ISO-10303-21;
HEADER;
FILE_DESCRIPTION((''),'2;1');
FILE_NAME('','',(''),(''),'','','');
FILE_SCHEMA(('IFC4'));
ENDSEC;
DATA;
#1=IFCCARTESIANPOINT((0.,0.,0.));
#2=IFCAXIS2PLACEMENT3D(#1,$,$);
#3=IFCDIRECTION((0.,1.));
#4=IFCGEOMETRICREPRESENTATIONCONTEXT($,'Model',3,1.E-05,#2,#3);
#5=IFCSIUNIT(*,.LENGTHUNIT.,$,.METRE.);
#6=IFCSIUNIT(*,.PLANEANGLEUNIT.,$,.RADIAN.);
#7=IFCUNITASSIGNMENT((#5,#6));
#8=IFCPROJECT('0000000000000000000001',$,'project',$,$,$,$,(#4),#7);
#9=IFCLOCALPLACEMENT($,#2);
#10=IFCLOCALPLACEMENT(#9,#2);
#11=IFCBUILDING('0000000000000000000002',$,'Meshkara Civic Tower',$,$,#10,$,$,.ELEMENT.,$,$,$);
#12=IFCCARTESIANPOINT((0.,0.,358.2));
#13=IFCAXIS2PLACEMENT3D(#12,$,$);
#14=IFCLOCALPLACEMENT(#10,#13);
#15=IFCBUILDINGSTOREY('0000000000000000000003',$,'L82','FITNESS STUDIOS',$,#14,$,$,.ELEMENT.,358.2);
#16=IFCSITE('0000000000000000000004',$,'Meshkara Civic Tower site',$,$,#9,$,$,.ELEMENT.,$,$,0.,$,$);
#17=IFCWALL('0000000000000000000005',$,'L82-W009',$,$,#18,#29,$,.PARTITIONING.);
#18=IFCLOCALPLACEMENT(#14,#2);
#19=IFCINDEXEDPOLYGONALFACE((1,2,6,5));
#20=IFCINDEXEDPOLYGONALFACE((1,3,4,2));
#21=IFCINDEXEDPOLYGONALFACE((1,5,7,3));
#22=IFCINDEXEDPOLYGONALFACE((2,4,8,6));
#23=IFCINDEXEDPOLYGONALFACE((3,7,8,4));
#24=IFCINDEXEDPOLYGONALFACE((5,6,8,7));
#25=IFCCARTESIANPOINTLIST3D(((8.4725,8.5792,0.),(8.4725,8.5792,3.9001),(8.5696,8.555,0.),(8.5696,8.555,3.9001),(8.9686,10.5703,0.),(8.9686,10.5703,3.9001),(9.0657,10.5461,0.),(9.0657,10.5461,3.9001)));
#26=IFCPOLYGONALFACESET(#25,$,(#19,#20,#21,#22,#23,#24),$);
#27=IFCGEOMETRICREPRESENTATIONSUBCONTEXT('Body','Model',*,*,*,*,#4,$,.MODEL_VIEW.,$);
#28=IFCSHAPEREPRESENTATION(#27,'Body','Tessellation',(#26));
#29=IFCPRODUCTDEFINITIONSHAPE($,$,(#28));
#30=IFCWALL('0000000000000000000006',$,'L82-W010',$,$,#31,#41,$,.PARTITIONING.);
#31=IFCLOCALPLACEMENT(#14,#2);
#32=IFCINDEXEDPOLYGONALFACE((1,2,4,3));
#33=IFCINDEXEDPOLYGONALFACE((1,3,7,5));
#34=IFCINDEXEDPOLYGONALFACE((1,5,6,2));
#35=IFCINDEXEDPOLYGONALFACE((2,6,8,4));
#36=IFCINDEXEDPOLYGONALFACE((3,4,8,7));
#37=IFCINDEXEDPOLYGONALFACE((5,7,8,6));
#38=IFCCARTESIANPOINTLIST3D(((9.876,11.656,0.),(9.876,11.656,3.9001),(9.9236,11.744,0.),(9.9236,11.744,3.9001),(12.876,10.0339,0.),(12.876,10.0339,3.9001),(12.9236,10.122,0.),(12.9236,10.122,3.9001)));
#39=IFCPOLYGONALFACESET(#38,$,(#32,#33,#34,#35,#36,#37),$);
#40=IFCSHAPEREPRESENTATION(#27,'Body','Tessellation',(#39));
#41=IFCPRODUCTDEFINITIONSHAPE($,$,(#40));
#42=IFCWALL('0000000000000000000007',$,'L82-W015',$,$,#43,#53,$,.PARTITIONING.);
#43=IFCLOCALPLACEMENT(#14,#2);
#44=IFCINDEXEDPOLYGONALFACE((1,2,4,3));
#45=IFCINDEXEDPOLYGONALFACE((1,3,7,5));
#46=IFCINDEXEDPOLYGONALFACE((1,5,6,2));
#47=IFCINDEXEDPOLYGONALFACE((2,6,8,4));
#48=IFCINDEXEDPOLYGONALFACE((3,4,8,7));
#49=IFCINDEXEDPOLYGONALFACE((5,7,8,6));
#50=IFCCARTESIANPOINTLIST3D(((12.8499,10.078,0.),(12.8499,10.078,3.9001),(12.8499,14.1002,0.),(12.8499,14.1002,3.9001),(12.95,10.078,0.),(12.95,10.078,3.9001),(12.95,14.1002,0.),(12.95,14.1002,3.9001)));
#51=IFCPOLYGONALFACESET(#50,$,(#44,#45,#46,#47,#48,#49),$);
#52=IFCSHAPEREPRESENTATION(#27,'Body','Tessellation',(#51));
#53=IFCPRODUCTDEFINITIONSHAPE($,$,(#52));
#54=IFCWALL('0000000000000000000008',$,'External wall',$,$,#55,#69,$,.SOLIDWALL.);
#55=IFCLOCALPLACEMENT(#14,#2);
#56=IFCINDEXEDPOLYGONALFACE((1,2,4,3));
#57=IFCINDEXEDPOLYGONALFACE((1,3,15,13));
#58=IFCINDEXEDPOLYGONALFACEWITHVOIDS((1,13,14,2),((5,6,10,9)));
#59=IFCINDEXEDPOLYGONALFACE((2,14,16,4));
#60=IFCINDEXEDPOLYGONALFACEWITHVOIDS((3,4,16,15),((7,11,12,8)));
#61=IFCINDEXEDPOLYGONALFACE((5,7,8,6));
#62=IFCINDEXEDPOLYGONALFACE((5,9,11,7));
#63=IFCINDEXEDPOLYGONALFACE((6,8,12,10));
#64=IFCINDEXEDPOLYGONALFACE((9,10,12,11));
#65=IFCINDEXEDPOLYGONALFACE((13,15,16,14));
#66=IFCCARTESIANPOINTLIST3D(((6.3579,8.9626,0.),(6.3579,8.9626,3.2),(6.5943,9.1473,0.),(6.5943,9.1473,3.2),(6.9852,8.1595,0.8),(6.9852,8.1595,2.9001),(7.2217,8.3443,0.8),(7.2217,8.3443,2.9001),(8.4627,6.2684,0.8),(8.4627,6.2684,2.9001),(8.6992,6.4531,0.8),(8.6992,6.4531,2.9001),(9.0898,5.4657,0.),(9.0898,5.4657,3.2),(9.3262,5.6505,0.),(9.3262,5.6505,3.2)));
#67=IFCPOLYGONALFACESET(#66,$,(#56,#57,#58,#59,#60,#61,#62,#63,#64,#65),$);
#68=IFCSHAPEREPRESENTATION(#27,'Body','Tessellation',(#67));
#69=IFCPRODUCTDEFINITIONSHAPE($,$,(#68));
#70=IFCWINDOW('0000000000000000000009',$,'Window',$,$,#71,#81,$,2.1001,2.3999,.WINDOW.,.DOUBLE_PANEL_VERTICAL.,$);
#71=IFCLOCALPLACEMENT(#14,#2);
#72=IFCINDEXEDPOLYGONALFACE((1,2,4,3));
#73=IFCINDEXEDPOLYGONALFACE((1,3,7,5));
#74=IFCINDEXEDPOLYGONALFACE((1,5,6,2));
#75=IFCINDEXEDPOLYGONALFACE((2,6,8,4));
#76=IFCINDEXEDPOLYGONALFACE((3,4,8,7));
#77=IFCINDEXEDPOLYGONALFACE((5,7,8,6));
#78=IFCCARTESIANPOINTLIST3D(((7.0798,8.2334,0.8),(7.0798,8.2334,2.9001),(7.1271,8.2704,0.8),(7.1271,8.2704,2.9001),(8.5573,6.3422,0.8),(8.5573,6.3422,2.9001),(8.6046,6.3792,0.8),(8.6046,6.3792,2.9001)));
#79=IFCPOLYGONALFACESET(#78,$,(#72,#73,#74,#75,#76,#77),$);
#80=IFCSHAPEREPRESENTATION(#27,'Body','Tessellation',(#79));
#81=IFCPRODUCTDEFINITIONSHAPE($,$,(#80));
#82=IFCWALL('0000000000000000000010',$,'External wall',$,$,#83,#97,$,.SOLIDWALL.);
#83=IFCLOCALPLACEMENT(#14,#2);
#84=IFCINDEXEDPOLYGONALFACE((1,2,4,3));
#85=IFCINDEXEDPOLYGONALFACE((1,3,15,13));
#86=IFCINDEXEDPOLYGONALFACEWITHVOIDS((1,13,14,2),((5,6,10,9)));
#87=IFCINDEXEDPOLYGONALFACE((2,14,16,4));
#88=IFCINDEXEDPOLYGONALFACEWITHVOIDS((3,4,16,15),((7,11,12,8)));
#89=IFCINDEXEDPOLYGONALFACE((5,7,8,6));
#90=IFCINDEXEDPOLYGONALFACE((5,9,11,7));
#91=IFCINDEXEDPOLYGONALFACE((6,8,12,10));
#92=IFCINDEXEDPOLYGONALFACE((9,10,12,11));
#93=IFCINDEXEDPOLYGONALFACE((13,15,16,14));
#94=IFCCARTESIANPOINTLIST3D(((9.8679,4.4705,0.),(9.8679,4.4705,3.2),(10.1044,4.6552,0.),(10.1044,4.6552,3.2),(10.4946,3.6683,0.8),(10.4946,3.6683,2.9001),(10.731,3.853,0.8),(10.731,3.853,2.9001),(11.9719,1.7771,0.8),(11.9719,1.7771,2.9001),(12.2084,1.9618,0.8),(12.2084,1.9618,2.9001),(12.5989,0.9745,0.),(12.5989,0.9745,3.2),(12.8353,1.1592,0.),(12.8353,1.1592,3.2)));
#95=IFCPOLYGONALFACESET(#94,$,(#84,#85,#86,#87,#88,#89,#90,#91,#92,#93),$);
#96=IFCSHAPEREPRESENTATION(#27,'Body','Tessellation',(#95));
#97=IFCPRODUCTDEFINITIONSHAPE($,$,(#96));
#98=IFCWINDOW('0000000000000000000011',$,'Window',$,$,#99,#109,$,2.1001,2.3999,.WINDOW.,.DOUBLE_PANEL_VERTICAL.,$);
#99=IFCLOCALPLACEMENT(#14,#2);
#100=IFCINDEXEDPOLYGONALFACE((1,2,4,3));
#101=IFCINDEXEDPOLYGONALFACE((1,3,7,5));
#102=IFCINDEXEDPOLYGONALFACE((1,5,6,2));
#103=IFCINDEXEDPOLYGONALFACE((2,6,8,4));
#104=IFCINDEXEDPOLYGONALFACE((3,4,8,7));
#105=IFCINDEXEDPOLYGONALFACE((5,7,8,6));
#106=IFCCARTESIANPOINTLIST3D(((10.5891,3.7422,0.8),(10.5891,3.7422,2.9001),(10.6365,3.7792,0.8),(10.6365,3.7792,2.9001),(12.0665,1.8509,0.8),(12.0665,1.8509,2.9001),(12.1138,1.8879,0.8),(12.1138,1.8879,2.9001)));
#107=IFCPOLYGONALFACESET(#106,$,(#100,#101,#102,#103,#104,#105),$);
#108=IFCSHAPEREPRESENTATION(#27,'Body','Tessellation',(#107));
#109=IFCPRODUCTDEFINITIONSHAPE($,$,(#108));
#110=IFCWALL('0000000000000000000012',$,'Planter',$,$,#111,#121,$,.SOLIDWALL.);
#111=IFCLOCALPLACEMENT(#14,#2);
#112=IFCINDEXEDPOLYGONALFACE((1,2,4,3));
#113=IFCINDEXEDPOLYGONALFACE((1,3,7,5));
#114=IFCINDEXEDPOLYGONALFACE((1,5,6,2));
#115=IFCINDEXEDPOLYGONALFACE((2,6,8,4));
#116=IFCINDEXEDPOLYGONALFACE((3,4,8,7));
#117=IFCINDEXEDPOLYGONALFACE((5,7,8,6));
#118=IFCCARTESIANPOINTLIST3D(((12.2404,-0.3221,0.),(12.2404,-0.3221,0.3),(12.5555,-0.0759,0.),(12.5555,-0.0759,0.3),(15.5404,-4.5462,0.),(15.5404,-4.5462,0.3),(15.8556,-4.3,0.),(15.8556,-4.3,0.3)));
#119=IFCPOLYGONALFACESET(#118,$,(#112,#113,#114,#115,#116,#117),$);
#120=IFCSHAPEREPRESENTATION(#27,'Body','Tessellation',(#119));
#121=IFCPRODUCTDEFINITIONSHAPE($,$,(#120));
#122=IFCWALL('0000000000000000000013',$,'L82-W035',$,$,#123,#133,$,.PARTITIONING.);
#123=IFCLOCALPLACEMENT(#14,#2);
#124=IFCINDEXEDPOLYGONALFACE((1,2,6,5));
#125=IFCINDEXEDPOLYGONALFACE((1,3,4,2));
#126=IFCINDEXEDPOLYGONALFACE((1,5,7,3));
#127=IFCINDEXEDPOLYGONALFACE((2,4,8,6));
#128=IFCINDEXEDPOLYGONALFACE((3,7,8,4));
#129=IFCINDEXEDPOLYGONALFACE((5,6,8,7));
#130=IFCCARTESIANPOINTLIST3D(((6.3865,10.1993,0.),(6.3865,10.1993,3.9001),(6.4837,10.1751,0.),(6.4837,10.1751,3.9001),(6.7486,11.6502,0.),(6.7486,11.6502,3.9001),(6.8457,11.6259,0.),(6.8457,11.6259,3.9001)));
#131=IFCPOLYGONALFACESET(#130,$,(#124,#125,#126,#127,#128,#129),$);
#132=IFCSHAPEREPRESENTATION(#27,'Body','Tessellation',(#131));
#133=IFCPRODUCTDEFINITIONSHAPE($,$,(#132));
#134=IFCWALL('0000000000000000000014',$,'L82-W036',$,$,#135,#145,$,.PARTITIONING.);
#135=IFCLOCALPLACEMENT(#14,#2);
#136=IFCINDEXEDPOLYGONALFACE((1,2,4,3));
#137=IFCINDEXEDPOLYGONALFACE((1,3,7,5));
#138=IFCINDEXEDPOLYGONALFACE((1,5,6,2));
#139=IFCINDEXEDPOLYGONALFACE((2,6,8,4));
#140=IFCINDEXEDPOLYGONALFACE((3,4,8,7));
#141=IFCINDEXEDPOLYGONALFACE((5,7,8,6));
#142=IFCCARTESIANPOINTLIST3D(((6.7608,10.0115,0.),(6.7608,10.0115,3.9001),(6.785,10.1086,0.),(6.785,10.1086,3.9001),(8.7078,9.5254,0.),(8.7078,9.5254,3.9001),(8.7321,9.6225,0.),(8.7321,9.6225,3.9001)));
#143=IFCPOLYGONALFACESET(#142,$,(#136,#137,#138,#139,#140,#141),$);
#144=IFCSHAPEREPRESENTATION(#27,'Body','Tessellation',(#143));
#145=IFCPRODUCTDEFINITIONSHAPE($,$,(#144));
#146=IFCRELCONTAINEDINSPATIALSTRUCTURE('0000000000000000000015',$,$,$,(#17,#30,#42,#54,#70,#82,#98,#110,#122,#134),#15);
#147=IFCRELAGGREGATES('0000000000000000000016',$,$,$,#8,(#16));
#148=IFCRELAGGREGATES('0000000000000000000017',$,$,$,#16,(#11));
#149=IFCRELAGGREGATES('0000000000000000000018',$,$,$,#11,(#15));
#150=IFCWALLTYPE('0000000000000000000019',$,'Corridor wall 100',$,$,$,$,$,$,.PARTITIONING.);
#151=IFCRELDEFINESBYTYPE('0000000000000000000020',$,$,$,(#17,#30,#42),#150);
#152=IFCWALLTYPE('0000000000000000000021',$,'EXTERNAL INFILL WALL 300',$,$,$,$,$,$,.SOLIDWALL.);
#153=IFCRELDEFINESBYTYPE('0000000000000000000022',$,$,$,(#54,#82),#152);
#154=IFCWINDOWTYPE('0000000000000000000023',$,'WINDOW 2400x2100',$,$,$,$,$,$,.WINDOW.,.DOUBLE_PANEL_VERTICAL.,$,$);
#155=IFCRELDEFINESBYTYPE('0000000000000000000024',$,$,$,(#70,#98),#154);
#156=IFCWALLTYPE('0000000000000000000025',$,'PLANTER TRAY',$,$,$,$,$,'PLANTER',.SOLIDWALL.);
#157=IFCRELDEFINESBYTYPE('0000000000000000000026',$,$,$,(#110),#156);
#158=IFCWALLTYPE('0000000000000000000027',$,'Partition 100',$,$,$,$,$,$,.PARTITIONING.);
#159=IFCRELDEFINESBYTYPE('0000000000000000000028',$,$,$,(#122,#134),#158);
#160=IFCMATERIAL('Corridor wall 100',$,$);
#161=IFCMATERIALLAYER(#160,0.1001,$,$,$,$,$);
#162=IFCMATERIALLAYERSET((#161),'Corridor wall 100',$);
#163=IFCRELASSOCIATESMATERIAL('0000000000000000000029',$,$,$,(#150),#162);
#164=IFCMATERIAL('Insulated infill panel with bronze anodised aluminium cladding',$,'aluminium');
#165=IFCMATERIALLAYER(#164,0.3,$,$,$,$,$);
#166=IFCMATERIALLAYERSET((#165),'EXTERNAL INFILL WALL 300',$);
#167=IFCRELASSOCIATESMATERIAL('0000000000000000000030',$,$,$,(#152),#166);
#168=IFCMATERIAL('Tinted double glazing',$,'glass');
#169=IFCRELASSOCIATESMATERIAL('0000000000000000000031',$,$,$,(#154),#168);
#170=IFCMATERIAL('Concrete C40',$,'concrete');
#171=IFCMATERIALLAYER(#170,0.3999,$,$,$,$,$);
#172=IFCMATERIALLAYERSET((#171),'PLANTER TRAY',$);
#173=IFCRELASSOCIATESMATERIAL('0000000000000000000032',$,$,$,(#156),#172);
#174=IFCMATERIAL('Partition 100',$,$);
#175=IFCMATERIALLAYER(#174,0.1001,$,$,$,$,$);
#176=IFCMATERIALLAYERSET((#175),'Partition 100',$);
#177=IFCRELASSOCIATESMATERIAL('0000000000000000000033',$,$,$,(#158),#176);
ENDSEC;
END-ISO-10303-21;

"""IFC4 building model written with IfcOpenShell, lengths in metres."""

from ifc_helpers import new_model, si_unit, direction, frame, frame_2d, origin, place, context, subcontext, project, spatial, rectangle, extrude, material, layer, layer_set, type_object, element, fill, save


model = new_model("IFC4")

# Units and contexts
model_context = context("Model", 3, precision=1e-05, world=origin(), true_north=direction((0.0, 1.0)))
body_context = subcontext(model_context, "Body", "Model", "MODEL_VIEW")
ifc_project = project(units=[si_unit("LENGTHUNIT", "METRE"), si_unit("PLANEANGLEUNIT", "RADIAN")], contexts=[model_context])

# Site, building, storey
site_placement = place(None, origin())
site = spatial("IfcSite", under=ifc_project, at=site_placement, Name="Meshkara Civic Tower site", CompositionType="ELEMENT", RefElevation=0.0)
building_placement = place(site_placement, origin())
building = spatial("IfcBuilding", under=site, at=building_placement, Name="Meshkara Civic Tower", CompositionType="ELEMENT")
storey_placement = place(building_placement, frame((0.0, 0.0, 358.2)))
storey = spatial("IfcBuildingStorey", under=building, at=storey_placement, Name="L82", Description="FITNESS STUDIOS", CompositionType="ELEMENT", Elevation=358.2)

# Shared definitions
ifc_material_1 = material(Name="Corridor wall 100")
ifc_layer_1 = layer(ifc_material_1, 0.1001)
ifc_layer_set_1 = layer_set([ifc_layer_1], Name="Corridor wall 100")
wall_type_1 = type_object("IfcWallType", Name="Corridor wall 100", PredefinedType="PARTITIONING", material=ifc_layer_set_1)

# Walls
wall_1_placement = place(storey_placement, frame((9.0171, 10.5581, 0.0), z_axis=(0.0, 0.0, 1.0), x_axis=(-0.241752, -0.970338, 0.0)))
element("IfcWall", 1, at=wall_1_placement, inside=storey, type_object=wall_type_1, Name="L82-W009", PredefinedType="PARTITIONING", context=body_context, shape_type="SweptSolid", body=[
    extrude(rectangle(XDim=2.052, YDim=0.1001, at=frame_2d((1.0259, 0.0))), origin(), (0.0, 0.0, 1.0), 3.9001),
])
wall_2_placement = place(storey_placement, frame((9.8999, 11.7, 0.0), z_axis=(0.0, 0.0, 1.0), x_axis=(0.879651, -0.475619, 0.0)))
element("IfcWall", 2, at=wall_2_placement, inside=storey, type_object=wall_type_1, Name="L82-W010", PredefinedType="PARTITIONING", context=body_context, shape_type="SweptSolid", body=[
    extrude(rectangle(XDim=3.4104, YDim=0.1001, at=frame_2d((1.7051, 0.0))), origin(), (0.0, 0.0, 1.0), 3.9001),
])
wall_3_placement = place(storey_placement, frame((12.8999, 10.0779, 0.0), z_axis=(0.0, 0.0, 1.0), x_axis=(0.0, 1.0, 0.0)))
element("IfcWall", 3, at=wall_3_placement, inside=storey, type_object=wall_type_1, Name="L82-W015", PredefinedType="PARTITIONING", context=body_context, shape_type="SweptSolid", body=[
    extrude(rectangle(XDim=4.0222, YDim=0.1001, at=frame_2d((2.0112, 0.0))), origin(), (0.0, 0.0, 1.0), 3.9001),
])

# Walls, openings, windows
ifc_material_2 = material(Name="Insulated infill panel with bronze anodised aluminium cladding", Category="aluminium")
ifc_layer_2 = layer(ifc_material_2, 0.3)
ifc_layer_set_2 = layer_set([ifc_layer_2], Name="EXTERNAL INFILL WALL 300")
wall_type_2 = type_object("IfcWallType", Name="EXTERNAL INFILL WALL 300", PredefinedType="SOLIDWALL", material=ifc_layer_set_2)
wall_4_placement = place(storey_placement, frame((6.4761, 9.0549, 0.0), z_axis=(0.0, 0.0, 1.0), x_axis=(0.615649, -0.78802, 0.0)))
wall_4 = element("IfcWall", 4, at=wall_4_placement, inside=storey, type_object=wall_type_2, Name="External wall", PredefinedType="SOLIDWALL", context=body_context, shape_type="SweptSolid", body=[
    extrude(rectangle(XDim=4.4375, YDim=0.3, at=frame_2d((2.2188, 0.0))), origin(), (0.0, 0.0, 1.0), 3.2),
])
opening_1_placement = place(wall_4_placement, frame((1.019, 0.0, 0.8)))
opening_1 = element("IfcOpeningElement", 5, at=opening_1_placement, cuts=wall_4, PredefinedType="OPENING", context=body_context, shape_type="SweptSolid", body=[
    extrude(rectangle(XDim=2.3999, YDim=2.1001, at=frame_2d((1.2, 1.05))), frame((0.0, 0.1599, 0.0), z_axis=(0.0, -1.0, 0.0), x_axis=(1.0, 0.0, 0.0)), (0.0, 0.0, 1.0), 0.3201),
])
ifc_material_3 = material(Name="Tinted double glazing", Category="glass")
window_type = type_object("IfcWindowType", Name="WINDOW 2400x2100", PartitioningType="DOUBLE_PANEL_VERTICAL", PredefinedType="WINDOW", material=ifc_material_3)
window_1_placement = place(opening_1_placement, origin())
window_1 = element("IfcWindow", 6, at=window_1_placement, inside=storey, type_object=window_type, Name="Window", OverallHeight=2.1001, OverallWidth=2.3999, PartitioningType="DOUBLE_PANEL_VERTICAL", PredefinedType="WINDOW", context=body_context, shape_type="SweptSolid", body=[
    extrude(rectangle(XDim=2.3999, YDim=2.1001, at=frame_2d((1.2, 1.05))), frame((0.0, 0.03, 0.0), z_axis=(0.0, -1.0, 0.0), x_axis=(1.0, 0.0, 0.0)), (0.0, 0.0, 1.0), 0.0601),
])
fill(opening_1, window_1)
wall_5_placement = place(storey_placement, frame((9.9861, 4.563, 0.0), z_axis=(0.0, 0.0, 1.0), x_axis=(0.615593, -0.788064, 0.0)))
wall_5 = element("IfcWall", 7, at=wall_5_placement, inside=storey, type_object=wall_type_2, Name="External wall", PredefinedType="SOLIDWALL", context=body_context, shape_type="SweptSolid", body=[
    extrude(rectangle(XDim=4.4363, YDim=0.3, at=frame_2d((2.2183, 0.0))), origin(), (0.0, 0.0, 1.0), 3.2),
])
opening_2_placement = place(wall_5_placement, frame((1.0181, 0.0, 0.8)))
opening_2 = element("IfcOpeningElement", 8, at=opening_2_placement, cuts=wall_5, PredefinedType="OPENING", context=body_context, shape_type="SweptSolid", body=[
    extrude(rectangle(XDim=2.3999, YDim=2.1001, at=frame_2d((1.2, 1.05))), frame((0.0, 0.1599, 0.0), z_axis=(0.0, -1.0, 0.0), x_axis=(1.0, 0.0, 0.0)), (0.0, 0.0, 1.0), 0.3201),
])
window_2_placement = place(opening_2_placement, origin())
window_2 = element("IfcWindow", 9, at=window_2_placement, inside=storey, type_object=window_type, Name="Window", OverallHeight=2.1001, OverallWidth=2.3999, PartitioningType="DOUBLE_PANEL_VERTICAL", PredefinedType="WINDOW", context=body_context, shape_type="SweptSolid", body=[
    extrude(rectangle(XDim=2.3999, YDim=2.1001, at=frame_2d((1.2, 1.05))), frame((0.0, 0.03, 0.0), z_axis=(0.0, -1.0, 0.0), x_axis=(1.0, 0.0, 0.0)), (0.0, 0.0, 1.0), 0.0601),
])
fill(opening_2, window_2)

# Walls
ifc_material_4 = material(Name="Concrete C40", Category="concrete")
ifc_layer_3 = layer(ifc_material_4, 0.3999)
ifc_layer_set_3 = layer_set([ifc_layer_3], Name="PLANTER TRAY")
wall_type_3 = type_object("IfcWallType", Name="PLANTER TRAY", ElementType="PLANTER", PredefinedType="SOLIDWALL", material=ifc_layer_set_3)
wall_6_placement = place(storey_placement, frame((12.3979, -0.199, 0.0), z_axis=(0.0, 0.0, 1.0), x_axis=(0.615639, -0.788029, 0.0)))
element("IfcWall", 10, at=wall_6_placement, inside=storey, type_object=wall_type_3, Name="Planter", PredefinedType="SOLIDWALL", context=body_context, shape_type="SweptSolid", body=[
    extrude(rectangle(XDim=5.3604, YDim=0.3999, at=frame_2d((2.6802, 0.0))), origin(), (0.0, 0.0, 1.0), 0.3),
])
ifc_material_5 = material(Name="Partition 100")
ifc_layer_4 = layer(ifc_material_5, 0.1001)
ifc_layer_set_4 = layer_set([ifc_layer_4], Name="Partition 100")
wall_type_4 = type_object("IfcWallType", Name="Partition 100", PredefinedType="PARTITIONING", material=ifc_layer_set_4)
wall_7_placement = place(storey_placement, frame((6.7971, 11.6379, 0.0), z_axis=(0.0, 0.0, 1.0), x_axis=(-0.242113, -0.970248, 0.0)))
element("IfcWall", 11, at=wall_7_placement, inside=storey, type_object=wall_type_4, Name="L82-W035", PredefinedType="PARTITIONING", context=body_context, shape_type="SweptSolid", body=[
    extrude(rectangle(XDim=1.4954, YDim=0.1001, at=frame_2d((0.7476, 0.0))), origin(), (0.0, 0.0, 1.0), 3.9001),
])
wall_8_placement = place(storey_placement, frame((8.72, 9.574, 0.0), z_axis=(0.0, 0.0, 1.0), x_axis=(-0.970221, 0.242221, 0.0)))
element("IfcWall", 12, at=wall_8_placement, inside=storey, type_object=wall_type_4, Name="L82-W036", PredefinedType="PARTITIONING", context=body_context, shape_type="SweptSolid", body=[
    extrude(rectangle(XDim=2.0068, YDim=0.1001, at=frame_2d((1.0034, 0.0))), origin(), (0.0, 0.0, 1.0), 3.9001),
])

save(model, "model.ifc")
